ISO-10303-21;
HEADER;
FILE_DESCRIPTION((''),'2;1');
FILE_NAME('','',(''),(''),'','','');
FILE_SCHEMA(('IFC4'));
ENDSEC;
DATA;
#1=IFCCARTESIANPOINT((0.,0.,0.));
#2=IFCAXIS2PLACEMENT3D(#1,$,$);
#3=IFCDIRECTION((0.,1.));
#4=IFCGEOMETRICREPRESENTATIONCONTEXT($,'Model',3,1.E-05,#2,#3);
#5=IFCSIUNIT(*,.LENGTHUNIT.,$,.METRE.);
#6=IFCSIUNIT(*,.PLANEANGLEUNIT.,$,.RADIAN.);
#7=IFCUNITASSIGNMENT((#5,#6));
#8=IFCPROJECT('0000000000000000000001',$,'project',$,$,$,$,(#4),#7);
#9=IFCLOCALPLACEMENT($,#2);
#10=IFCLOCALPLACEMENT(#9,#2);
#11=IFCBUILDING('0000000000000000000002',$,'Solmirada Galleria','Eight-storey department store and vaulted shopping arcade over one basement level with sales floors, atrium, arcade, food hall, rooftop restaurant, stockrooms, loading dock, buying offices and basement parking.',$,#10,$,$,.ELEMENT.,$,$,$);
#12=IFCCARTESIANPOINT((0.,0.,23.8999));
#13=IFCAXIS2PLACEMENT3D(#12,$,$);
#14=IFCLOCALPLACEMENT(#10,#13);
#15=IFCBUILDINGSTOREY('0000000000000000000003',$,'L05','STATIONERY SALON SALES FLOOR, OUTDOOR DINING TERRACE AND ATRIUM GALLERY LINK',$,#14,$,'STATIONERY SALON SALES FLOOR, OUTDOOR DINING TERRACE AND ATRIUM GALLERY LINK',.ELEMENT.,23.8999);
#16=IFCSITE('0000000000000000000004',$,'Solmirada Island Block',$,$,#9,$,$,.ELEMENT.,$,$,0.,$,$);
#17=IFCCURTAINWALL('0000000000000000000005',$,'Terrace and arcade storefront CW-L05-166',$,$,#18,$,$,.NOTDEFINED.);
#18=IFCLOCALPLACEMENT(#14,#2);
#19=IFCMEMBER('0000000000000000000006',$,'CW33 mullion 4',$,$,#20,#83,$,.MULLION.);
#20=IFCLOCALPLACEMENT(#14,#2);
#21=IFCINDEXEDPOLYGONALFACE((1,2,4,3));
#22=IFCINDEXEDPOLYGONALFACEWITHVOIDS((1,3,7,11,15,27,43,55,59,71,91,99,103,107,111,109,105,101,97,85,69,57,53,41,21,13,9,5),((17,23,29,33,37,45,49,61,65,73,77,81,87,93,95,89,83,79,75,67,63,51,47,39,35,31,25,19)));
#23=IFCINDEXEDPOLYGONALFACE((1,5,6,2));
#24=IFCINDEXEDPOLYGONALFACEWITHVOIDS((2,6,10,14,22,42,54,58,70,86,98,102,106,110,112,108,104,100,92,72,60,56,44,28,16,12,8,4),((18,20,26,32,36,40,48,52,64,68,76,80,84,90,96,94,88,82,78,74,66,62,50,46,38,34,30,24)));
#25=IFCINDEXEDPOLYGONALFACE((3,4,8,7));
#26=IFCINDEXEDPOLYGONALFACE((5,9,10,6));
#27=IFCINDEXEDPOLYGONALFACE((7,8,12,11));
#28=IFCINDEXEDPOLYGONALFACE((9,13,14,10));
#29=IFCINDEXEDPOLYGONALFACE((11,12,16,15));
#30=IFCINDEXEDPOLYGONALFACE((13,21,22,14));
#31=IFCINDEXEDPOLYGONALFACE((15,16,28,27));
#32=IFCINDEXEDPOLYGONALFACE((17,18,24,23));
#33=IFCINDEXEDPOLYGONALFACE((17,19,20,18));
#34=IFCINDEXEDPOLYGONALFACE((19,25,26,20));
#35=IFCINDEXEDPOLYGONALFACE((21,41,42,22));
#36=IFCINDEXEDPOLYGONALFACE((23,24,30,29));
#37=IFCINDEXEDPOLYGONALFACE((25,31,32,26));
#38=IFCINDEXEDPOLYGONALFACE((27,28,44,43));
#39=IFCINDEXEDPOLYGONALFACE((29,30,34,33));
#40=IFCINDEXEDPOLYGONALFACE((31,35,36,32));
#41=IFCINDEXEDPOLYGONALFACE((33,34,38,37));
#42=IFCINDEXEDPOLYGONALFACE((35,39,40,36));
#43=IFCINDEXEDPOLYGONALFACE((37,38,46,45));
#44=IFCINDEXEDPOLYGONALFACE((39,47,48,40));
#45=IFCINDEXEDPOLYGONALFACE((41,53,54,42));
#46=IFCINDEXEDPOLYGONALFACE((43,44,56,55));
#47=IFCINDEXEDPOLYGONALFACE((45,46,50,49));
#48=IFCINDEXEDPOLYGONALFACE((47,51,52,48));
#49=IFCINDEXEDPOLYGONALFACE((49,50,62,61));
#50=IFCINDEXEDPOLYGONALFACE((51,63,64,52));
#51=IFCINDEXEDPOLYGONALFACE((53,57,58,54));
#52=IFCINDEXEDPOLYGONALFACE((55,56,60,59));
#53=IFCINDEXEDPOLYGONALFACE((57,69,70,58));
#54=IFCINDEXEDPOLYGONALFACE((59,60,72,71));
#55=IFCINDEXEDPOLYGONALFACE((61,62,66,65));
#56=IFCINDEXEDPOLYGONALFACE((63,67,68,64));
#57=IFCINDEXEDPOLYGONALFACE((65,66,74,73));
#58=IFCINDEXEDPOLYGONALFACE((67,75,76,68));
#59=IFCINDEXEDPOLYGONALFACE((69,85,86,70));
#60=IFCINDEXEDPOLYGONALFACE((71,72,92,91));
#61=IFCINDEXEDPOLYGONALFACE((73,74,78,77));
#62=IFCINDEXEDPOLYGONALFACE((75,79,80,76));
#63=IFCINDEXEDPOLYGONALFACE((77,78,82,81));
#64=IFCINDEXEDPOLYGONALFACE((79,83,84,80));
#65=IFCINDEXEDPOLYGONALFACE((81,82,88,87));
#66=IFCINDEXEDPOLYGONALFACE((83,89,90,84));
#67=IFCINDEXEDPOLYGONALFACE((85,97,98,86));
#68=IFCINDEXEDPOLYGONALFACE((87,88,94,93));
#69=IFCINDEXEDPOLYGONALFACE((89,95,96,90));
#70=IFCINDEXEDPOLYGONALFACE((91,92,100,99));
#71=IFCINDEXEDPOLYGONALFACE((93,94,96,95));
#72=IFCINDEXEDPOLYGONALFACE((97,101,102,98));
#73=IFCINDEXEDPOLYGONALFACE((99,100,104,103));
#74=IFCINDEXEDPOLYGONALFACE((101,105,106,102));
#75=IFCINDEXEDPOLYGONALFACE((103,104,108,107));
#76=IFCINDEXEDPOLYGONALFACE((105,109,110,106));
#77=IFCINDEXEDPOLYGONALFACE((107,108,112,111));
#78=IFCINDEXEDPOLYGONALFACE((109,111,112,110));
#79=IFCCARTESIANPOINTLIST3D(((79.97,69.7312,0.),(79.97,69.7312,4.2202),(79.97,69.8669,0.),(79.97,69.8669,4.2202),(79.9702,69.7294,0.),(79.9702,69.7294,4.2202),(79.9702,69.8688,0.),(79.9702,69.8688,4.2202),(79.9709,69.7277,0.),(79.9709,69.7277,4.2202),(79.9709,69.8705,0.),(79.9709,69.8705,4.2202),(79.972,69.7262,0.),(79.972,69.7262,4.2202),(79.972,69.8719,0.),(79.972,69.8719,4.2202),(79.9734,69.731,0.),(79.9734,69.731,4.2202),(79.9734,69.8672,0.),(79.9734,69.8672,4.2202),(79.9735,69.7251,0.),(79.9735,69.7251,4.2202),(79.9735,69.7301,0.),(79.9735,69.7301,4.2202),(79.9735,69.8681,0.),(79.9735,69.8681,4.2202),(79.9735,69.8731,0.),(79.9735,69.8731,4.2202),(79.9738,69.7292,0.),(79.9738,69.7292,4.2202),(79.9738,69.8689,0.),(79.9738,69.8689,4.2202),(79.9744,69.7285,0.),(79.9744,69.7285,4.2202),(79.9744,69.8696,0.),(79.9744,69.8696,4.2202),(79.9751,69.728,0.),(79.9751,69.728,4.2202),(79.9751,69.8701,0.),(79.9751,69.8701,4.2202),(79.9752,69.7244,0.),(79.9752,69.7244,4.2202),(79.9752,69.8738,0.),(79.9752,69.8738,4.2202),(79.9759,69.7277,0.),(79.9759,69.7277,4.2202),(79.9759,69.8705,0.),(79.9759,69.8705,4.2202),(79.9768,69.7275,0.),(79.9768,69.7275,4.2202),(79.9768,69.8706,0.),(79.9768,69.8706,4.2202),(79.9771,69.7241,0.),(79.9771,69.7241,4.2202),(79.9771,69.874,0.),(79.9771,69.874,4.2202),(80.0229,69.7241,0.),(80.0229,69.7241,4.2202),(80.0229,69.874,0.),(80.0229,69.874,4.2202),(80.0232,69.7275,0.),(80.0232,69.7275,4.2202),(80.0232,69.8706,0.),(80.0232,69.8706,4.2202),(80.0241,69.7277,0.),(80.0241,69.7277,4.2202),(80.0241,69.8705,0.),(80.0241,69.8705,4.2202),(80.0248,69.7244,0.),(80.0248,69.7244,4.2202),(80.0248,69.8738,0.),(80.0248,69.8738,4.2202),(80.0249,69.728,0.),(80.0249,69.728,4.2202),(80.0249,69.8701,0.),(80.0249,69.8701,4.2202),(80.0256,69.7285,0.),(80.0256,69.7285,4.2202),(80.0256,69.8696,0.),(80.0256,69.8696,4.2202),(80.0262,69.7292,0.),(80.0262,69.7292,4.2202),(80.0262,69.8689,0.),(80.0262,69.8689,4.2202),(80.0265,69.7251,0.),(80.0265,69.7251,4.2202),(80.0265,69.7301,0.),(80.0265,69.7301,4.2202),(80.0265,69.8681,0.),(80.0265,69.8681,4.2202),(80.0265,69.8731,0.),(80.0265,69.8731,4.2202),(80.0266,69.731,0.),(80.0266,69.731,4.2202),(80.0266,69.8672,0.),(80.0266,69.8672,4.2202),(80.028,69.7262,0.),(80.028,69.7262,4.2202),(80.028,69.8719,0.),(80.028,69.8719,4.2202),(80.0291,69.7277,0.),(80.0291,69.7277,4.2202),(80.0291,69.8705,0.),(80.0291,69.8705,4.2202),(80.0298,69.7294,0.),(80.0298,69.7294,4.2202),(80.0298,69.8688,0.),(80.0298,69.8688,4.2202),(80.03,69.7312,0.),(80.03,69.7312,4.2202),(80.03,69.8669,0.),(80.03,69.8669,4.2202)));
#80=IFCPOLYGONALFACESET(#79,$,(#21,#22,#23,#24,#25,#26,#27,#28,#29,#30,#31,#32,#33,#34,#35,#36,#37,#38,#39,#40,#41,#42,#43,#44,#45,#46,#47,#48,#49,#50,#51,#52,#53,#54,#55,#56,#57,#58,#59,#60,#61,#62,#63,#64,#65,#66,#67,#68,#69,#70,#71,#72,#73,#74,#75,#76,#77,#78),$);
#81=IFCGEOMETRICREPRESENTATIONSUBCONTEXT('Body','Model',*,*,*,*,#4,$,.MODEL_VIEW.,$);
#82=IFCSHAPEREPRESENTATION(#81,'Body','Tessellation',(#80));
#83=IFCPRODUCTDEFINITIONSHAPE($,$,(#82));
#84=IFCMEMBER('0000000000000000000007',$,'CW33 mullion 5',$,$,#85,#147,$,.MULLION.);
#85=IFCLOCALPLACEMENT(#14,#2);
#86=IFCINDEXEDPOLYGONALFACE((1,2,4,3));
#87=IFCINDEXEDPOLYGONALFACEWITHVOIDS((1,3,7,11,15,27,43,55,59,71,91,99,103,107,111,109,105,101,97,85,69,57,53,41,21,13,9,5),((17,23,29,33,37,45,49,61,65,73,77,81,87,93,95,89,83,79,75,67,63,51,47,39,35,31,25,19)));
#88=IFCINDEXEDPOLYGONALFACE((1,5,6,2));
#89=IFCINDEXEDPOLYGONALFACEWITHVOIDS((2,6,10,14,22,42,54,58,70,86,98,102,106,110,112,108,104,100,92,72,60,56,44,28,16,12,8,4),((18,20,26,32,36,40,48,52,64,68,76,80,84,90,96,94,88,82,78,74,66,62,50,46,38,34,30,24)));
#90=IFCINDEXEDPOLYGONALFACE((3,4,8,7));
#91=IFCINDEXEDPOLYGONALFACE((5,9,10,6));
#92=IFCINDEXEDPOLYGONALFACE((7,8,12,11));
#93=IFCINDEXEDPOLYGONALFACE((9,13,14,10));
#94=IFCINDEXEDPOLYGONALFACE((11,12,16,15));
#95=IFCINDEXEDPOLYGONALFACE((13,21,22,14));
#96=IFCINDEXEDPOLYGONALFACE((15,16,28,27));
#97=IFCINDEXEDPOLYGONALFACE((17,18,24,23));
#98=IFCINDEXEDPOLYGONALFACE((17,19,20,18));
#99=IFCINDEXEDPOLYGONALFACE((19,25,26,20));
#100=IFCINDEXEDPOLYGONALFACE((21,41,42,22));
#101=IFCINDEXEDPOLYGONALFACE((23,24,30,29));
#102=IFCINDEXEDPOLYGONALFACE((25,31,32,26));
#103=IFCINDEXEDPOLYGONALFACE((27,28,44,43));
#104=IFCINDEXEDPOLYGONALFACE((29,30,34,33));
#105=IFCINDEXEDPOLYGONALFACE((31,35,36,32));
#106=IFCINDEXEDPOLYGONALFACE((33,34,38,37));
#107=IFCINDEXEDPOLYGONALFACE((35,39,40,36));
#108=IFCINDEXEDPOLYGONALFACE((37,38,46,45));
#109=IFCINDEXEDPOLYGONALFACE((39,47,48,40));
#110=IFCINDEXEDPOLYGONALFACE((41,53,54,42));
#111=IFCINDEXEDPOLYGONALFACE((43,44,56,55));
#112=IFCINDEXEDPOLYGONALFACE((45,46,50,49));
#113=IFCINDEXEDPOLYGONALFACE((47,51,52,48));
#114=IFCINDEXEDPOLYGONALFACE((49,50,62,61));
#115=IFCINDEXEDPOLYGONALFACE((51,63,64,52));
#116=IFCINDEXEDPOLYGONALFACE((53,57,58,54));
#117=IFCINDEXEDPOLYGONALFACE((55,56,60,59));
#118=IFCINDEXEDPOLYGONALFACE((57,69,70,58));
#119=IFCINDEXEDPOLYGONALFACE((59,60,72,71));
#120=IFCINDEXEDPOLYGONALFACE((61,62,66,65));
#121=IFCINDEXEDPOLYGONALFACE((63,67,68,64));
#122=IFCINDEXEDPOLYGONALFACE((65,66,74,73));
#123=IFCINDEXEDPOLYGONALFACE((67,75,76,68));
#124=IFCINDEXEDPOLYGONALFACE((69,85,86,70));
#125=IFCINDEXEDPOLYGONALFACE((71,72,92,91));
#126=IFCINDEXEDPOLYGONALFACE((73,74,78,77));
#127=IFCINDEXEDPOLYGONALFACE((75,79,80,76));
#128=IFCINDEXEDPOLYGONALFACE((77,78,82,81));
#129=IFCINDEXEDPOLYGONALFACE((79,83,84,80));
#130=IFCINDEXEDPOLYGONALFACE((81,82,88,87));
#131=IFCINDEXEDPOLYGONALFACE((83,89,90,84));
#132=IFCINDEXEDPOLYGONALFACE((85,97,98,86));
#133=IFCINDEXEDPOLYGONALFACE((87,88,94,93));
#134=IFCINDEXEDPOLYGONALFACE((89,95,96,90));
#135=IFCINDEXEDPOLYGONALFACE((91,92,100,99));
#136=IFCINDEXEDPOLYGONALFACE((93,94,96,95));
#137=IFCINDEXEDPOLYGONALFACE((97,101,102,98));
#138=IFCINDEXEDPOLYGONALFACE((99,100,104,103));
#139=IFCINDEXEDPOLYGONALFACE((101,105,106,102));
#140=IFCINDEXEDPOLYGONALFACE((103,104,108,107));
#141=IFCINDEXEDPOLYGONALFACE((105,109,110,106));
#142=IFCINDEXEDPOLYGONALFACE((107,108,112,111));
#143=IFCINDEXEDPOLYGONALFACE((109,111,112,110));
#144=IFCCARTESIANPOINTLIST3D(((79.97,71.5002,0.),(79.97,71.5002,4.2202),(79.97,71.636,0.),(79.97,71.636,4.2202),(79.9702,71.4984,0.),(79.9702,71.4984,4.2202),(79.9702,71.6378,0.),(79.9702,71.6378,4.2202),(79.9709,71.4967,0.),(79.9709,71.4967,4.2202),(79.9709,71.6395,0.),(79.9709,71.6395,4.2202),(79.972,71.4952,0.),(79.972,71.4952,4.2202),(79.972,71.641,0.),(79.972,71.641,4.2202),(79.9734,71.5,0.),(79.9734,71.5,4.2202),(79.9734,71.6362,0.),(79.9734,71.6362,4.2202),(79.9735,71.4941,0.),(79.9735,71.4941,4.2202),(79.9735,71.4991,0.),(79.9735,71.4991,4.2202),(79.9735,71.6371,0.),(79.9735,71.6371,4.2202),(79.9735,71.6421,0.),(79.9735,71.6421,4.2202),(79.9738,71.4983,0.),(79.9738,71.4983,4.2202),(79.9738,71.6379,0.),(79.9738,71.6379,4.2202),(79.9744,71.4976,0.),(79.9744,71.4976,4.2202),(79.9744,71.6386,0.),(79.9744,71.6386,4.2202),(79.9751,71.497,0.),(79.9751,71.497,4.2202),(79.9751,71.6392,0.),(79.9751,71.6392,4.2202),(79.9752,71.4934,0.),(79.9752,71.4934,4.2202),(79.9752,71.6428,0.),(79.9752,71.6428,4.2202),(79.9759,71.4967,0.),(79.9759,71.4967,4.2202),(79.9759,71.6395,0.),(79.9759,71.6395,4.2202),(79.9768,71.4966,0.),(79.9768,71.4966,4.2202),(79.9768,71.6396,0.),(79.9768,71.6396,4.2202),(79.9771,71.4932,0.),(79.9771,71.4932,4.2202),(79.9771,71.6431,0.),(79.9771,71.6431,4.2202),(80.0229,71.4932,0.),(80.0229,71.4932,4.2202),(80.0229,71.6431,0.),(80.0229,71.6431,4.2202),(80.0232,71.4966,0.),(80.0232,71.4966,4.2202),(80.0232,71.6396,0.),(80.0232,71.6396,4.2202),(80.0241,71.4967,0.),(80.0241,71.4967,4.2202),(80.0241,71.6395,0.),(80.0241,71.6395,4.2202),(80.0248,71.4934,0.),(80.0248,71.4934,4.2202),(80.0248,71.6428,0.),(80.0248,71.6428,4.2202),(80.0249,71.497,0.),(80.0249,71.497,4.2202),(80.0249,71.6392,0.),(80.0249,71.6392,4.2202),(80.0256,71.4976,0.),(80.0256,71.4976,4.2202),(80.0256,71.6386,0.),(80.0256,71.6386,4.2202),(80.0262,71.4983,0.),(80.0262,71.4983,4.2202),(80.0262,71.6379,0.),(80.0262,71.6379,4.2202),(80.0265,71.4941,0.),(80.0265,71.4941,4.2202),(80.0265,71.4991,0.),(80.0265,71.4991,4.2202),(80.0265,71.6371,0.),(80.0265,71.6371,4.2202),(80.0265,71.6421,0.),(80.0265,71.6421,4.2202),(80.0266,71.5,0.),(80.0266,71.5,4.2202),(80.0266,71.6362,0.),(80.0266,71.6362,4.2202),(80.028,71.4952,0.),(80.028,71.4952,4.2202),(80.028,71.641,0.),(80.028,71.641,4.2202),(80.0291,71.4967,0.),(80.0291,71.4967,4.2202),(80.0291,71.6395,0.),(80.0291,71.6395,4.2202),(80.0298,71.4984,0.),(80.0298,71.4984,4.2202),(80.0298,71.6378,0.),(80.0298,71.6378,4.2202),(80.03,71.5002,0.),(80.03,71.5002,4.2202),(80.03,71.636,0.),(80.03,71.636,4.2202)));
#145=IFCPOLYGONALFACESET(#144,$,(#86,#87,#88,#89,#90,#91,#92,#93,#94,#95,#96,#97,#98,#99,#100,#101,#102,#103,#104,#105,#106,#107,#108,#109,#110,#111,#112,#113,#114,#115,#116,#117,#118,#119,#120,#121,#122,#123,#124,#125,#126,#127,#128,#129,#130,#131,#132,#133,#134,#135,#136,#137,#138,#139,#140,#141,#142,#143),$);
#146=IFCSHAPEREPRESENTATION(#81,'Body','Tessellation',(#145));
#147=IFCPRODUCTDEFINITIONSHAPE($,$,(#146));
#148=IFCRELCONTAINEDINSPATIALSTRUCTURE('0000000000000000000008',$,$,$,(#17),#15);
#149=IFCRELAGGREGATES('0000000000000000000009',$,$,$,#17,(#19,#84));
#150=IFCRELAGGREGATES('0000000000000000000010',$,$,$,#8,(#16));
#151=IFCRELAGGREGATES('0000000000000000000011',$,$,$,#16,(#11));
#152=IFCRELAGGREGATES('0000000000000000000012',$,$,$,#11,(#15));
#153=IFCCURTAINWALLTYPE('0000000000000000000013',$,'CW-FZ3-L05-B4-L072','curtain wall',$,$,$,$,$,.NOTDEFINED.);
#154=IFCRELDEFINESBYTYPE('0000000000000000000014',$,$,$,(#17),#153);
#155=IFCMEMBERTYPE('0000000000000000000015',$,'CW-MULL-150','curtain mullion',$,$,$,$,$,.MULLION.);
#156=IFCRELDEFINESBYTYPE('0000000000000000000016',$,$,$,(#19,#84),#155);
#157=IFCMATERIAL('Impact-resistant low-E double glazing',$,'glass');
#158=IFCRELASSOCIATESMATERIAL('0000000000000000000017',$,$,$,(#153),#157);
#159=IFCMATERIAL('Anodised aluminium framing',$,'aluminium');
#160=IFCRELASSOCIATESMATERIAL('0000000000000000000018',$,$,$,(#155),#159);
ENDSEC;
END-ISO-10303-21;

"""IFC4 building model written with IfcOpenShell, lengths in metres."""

from ifc_helpers import new_model, si_unit, direction, frame, origin, origin_2d, place, context, subcontext, project, spatial, hollow_rectangle, extrude, material, material_profile, profile_set, type_object, element, aggregate, save


model = new_model("IFC4")

# Units and contexts
model_context = context("Model", 3, precision=1e-05, world=origin(), true_north=direction((0.0, 1.0)))
body_context = subcontext(model_context, "Body", "Model", "MODEL_VIEW")
ifc_project = project(units=[si_unit("LENGTHUNIT", "METRE"), si_unit("PLANEANGLEUNIT", "RADIAN")], contexts=[model_context])

# Site, building, storey
site_placement = place(None, origin())
site = spatial("IfcSite", under=ifc_project, at=site_placement, Name="Solmirada Island Block", CompositionType="ELEMENT", RefElevation=0.0)
building_placement = place(site_placement, origin())
building = spatial("IfcBuilding", under=site, at=building_placement, Name="Solmirada Galleria", Description="Eight-storey department store and vaulted shopping arcade over one basement level with sales floors, atrium, arcade, food hall, rooftop restaurant, stockrooms, loading dock, buying offices and basement parking.", CompositionType="ELEMENT")
storey_placement = place(building_placement, frame((0.0, 0.0, 23.8999)))
storey = spatial("IfcBuildingStorey", under=building, at=storey_placement, Name="L05", Description="STATIONERY SALON SALES FLOOR, OUTDOOR DINING TERRACE AND ATRIUM GALLERY LINK", LongName="STATIONERY SALON SALES FLOOR, OUTDOOR DINING TERRACE AND ATRIUM GALLERY LINK", CompositionType="ELEMENT", Elevation=23.8999)

# Curtain wall, members
ifc_material_1 = material(Name="Impact-resistant low-E double glazing", Category="glass")
curtain_wall_type = type_object("IfcCurtainWallType", Name="CW-FZ3-L05-B4-L072", Description="curtain wall", PredefinedType="NOTDEFINED", material=ifc_material_1)
curtain_wall_1_placement = place(storey_placement, origin())
curtain_wall_1 = element("IfcCurtainWall", 1, at=curtain_wall_1_placement, inside=storey, type_object=curtain_wall_type, Name="Terrace and arcade storefront CW-L05-166", PredefinedType="NOTDEFINED")
ifc_material_2 = material(Name="Anodised aluminium framing", Category="aluminium")
ifc_material_profile_1 = material_profile(ifc_material_2, hollow_rectangle(XDim=0.0601, YDim=0.1499, WallThickness=0.0034, InnerFilletRadius=0.0034, OuterFilletRadius=0.0071, at=origin_2d()), Name="ALU-MULL-150X60")
ifc_profile_set_1 = profile_set([ifc_material_profile_1], Name="Anodised aluminium framing")
member_type_1 = type_object("IfcMemberType", Name="CW-MULL-150", Description="curtain mullion", PredefinedType="MULLION", material=ifc_profile_set_1)
member_1_placement = place(storey_placement, frame((80.0, 69.7991, 0.0), z_axis=(0.0, 0.0, 1.0), x_axis=(-1.0, 0.0, 0.0)))
member_1 = element("IfcMember", 2, at=member_1_placement, type_object=member_type_1, Name="CW33 mullion 4", PredefinedType="MULLION", context=body_context, shape_type="SweptSolid", body=[
    extrude(hollow_rectangle(XDim=0.0601, YDim=0.1499, WallThickness=0.0034, InnerFilletRadius=0.0034, OuterFilletRadius=0.0071, at=origin_2d()), origin(), (0.0, 0.0, 1.0), 4.2202),
])
member_2_placement = place(storey_placement, frame((80.0, 71.5681, 0.0), z_axis=(0.0, 0.0, 1.0), x_axis=(-1.0, 0.0, 0.0)))
member_2 = element("IfcMember", 3, at=member_2_placement, type_object=member_type_1, Name="CW33 mullion 5", PredefinedType="MULLION", context=body_context, shape_type="SweptSolid", body=[
    extrude(hollow_rectangle(XDim=0.0601, YDim=0.1499, WallThickness=0.0034, InnerFilletRadius=0.0034, OuterFilletRadius=0.0071, at=origin_2d()), origin(), (0.0, 0.0, 1.0), 4.2202),
])

aggregate(curtain_wall_1, [member_1, member_2])

save(model, "model.ifc")
